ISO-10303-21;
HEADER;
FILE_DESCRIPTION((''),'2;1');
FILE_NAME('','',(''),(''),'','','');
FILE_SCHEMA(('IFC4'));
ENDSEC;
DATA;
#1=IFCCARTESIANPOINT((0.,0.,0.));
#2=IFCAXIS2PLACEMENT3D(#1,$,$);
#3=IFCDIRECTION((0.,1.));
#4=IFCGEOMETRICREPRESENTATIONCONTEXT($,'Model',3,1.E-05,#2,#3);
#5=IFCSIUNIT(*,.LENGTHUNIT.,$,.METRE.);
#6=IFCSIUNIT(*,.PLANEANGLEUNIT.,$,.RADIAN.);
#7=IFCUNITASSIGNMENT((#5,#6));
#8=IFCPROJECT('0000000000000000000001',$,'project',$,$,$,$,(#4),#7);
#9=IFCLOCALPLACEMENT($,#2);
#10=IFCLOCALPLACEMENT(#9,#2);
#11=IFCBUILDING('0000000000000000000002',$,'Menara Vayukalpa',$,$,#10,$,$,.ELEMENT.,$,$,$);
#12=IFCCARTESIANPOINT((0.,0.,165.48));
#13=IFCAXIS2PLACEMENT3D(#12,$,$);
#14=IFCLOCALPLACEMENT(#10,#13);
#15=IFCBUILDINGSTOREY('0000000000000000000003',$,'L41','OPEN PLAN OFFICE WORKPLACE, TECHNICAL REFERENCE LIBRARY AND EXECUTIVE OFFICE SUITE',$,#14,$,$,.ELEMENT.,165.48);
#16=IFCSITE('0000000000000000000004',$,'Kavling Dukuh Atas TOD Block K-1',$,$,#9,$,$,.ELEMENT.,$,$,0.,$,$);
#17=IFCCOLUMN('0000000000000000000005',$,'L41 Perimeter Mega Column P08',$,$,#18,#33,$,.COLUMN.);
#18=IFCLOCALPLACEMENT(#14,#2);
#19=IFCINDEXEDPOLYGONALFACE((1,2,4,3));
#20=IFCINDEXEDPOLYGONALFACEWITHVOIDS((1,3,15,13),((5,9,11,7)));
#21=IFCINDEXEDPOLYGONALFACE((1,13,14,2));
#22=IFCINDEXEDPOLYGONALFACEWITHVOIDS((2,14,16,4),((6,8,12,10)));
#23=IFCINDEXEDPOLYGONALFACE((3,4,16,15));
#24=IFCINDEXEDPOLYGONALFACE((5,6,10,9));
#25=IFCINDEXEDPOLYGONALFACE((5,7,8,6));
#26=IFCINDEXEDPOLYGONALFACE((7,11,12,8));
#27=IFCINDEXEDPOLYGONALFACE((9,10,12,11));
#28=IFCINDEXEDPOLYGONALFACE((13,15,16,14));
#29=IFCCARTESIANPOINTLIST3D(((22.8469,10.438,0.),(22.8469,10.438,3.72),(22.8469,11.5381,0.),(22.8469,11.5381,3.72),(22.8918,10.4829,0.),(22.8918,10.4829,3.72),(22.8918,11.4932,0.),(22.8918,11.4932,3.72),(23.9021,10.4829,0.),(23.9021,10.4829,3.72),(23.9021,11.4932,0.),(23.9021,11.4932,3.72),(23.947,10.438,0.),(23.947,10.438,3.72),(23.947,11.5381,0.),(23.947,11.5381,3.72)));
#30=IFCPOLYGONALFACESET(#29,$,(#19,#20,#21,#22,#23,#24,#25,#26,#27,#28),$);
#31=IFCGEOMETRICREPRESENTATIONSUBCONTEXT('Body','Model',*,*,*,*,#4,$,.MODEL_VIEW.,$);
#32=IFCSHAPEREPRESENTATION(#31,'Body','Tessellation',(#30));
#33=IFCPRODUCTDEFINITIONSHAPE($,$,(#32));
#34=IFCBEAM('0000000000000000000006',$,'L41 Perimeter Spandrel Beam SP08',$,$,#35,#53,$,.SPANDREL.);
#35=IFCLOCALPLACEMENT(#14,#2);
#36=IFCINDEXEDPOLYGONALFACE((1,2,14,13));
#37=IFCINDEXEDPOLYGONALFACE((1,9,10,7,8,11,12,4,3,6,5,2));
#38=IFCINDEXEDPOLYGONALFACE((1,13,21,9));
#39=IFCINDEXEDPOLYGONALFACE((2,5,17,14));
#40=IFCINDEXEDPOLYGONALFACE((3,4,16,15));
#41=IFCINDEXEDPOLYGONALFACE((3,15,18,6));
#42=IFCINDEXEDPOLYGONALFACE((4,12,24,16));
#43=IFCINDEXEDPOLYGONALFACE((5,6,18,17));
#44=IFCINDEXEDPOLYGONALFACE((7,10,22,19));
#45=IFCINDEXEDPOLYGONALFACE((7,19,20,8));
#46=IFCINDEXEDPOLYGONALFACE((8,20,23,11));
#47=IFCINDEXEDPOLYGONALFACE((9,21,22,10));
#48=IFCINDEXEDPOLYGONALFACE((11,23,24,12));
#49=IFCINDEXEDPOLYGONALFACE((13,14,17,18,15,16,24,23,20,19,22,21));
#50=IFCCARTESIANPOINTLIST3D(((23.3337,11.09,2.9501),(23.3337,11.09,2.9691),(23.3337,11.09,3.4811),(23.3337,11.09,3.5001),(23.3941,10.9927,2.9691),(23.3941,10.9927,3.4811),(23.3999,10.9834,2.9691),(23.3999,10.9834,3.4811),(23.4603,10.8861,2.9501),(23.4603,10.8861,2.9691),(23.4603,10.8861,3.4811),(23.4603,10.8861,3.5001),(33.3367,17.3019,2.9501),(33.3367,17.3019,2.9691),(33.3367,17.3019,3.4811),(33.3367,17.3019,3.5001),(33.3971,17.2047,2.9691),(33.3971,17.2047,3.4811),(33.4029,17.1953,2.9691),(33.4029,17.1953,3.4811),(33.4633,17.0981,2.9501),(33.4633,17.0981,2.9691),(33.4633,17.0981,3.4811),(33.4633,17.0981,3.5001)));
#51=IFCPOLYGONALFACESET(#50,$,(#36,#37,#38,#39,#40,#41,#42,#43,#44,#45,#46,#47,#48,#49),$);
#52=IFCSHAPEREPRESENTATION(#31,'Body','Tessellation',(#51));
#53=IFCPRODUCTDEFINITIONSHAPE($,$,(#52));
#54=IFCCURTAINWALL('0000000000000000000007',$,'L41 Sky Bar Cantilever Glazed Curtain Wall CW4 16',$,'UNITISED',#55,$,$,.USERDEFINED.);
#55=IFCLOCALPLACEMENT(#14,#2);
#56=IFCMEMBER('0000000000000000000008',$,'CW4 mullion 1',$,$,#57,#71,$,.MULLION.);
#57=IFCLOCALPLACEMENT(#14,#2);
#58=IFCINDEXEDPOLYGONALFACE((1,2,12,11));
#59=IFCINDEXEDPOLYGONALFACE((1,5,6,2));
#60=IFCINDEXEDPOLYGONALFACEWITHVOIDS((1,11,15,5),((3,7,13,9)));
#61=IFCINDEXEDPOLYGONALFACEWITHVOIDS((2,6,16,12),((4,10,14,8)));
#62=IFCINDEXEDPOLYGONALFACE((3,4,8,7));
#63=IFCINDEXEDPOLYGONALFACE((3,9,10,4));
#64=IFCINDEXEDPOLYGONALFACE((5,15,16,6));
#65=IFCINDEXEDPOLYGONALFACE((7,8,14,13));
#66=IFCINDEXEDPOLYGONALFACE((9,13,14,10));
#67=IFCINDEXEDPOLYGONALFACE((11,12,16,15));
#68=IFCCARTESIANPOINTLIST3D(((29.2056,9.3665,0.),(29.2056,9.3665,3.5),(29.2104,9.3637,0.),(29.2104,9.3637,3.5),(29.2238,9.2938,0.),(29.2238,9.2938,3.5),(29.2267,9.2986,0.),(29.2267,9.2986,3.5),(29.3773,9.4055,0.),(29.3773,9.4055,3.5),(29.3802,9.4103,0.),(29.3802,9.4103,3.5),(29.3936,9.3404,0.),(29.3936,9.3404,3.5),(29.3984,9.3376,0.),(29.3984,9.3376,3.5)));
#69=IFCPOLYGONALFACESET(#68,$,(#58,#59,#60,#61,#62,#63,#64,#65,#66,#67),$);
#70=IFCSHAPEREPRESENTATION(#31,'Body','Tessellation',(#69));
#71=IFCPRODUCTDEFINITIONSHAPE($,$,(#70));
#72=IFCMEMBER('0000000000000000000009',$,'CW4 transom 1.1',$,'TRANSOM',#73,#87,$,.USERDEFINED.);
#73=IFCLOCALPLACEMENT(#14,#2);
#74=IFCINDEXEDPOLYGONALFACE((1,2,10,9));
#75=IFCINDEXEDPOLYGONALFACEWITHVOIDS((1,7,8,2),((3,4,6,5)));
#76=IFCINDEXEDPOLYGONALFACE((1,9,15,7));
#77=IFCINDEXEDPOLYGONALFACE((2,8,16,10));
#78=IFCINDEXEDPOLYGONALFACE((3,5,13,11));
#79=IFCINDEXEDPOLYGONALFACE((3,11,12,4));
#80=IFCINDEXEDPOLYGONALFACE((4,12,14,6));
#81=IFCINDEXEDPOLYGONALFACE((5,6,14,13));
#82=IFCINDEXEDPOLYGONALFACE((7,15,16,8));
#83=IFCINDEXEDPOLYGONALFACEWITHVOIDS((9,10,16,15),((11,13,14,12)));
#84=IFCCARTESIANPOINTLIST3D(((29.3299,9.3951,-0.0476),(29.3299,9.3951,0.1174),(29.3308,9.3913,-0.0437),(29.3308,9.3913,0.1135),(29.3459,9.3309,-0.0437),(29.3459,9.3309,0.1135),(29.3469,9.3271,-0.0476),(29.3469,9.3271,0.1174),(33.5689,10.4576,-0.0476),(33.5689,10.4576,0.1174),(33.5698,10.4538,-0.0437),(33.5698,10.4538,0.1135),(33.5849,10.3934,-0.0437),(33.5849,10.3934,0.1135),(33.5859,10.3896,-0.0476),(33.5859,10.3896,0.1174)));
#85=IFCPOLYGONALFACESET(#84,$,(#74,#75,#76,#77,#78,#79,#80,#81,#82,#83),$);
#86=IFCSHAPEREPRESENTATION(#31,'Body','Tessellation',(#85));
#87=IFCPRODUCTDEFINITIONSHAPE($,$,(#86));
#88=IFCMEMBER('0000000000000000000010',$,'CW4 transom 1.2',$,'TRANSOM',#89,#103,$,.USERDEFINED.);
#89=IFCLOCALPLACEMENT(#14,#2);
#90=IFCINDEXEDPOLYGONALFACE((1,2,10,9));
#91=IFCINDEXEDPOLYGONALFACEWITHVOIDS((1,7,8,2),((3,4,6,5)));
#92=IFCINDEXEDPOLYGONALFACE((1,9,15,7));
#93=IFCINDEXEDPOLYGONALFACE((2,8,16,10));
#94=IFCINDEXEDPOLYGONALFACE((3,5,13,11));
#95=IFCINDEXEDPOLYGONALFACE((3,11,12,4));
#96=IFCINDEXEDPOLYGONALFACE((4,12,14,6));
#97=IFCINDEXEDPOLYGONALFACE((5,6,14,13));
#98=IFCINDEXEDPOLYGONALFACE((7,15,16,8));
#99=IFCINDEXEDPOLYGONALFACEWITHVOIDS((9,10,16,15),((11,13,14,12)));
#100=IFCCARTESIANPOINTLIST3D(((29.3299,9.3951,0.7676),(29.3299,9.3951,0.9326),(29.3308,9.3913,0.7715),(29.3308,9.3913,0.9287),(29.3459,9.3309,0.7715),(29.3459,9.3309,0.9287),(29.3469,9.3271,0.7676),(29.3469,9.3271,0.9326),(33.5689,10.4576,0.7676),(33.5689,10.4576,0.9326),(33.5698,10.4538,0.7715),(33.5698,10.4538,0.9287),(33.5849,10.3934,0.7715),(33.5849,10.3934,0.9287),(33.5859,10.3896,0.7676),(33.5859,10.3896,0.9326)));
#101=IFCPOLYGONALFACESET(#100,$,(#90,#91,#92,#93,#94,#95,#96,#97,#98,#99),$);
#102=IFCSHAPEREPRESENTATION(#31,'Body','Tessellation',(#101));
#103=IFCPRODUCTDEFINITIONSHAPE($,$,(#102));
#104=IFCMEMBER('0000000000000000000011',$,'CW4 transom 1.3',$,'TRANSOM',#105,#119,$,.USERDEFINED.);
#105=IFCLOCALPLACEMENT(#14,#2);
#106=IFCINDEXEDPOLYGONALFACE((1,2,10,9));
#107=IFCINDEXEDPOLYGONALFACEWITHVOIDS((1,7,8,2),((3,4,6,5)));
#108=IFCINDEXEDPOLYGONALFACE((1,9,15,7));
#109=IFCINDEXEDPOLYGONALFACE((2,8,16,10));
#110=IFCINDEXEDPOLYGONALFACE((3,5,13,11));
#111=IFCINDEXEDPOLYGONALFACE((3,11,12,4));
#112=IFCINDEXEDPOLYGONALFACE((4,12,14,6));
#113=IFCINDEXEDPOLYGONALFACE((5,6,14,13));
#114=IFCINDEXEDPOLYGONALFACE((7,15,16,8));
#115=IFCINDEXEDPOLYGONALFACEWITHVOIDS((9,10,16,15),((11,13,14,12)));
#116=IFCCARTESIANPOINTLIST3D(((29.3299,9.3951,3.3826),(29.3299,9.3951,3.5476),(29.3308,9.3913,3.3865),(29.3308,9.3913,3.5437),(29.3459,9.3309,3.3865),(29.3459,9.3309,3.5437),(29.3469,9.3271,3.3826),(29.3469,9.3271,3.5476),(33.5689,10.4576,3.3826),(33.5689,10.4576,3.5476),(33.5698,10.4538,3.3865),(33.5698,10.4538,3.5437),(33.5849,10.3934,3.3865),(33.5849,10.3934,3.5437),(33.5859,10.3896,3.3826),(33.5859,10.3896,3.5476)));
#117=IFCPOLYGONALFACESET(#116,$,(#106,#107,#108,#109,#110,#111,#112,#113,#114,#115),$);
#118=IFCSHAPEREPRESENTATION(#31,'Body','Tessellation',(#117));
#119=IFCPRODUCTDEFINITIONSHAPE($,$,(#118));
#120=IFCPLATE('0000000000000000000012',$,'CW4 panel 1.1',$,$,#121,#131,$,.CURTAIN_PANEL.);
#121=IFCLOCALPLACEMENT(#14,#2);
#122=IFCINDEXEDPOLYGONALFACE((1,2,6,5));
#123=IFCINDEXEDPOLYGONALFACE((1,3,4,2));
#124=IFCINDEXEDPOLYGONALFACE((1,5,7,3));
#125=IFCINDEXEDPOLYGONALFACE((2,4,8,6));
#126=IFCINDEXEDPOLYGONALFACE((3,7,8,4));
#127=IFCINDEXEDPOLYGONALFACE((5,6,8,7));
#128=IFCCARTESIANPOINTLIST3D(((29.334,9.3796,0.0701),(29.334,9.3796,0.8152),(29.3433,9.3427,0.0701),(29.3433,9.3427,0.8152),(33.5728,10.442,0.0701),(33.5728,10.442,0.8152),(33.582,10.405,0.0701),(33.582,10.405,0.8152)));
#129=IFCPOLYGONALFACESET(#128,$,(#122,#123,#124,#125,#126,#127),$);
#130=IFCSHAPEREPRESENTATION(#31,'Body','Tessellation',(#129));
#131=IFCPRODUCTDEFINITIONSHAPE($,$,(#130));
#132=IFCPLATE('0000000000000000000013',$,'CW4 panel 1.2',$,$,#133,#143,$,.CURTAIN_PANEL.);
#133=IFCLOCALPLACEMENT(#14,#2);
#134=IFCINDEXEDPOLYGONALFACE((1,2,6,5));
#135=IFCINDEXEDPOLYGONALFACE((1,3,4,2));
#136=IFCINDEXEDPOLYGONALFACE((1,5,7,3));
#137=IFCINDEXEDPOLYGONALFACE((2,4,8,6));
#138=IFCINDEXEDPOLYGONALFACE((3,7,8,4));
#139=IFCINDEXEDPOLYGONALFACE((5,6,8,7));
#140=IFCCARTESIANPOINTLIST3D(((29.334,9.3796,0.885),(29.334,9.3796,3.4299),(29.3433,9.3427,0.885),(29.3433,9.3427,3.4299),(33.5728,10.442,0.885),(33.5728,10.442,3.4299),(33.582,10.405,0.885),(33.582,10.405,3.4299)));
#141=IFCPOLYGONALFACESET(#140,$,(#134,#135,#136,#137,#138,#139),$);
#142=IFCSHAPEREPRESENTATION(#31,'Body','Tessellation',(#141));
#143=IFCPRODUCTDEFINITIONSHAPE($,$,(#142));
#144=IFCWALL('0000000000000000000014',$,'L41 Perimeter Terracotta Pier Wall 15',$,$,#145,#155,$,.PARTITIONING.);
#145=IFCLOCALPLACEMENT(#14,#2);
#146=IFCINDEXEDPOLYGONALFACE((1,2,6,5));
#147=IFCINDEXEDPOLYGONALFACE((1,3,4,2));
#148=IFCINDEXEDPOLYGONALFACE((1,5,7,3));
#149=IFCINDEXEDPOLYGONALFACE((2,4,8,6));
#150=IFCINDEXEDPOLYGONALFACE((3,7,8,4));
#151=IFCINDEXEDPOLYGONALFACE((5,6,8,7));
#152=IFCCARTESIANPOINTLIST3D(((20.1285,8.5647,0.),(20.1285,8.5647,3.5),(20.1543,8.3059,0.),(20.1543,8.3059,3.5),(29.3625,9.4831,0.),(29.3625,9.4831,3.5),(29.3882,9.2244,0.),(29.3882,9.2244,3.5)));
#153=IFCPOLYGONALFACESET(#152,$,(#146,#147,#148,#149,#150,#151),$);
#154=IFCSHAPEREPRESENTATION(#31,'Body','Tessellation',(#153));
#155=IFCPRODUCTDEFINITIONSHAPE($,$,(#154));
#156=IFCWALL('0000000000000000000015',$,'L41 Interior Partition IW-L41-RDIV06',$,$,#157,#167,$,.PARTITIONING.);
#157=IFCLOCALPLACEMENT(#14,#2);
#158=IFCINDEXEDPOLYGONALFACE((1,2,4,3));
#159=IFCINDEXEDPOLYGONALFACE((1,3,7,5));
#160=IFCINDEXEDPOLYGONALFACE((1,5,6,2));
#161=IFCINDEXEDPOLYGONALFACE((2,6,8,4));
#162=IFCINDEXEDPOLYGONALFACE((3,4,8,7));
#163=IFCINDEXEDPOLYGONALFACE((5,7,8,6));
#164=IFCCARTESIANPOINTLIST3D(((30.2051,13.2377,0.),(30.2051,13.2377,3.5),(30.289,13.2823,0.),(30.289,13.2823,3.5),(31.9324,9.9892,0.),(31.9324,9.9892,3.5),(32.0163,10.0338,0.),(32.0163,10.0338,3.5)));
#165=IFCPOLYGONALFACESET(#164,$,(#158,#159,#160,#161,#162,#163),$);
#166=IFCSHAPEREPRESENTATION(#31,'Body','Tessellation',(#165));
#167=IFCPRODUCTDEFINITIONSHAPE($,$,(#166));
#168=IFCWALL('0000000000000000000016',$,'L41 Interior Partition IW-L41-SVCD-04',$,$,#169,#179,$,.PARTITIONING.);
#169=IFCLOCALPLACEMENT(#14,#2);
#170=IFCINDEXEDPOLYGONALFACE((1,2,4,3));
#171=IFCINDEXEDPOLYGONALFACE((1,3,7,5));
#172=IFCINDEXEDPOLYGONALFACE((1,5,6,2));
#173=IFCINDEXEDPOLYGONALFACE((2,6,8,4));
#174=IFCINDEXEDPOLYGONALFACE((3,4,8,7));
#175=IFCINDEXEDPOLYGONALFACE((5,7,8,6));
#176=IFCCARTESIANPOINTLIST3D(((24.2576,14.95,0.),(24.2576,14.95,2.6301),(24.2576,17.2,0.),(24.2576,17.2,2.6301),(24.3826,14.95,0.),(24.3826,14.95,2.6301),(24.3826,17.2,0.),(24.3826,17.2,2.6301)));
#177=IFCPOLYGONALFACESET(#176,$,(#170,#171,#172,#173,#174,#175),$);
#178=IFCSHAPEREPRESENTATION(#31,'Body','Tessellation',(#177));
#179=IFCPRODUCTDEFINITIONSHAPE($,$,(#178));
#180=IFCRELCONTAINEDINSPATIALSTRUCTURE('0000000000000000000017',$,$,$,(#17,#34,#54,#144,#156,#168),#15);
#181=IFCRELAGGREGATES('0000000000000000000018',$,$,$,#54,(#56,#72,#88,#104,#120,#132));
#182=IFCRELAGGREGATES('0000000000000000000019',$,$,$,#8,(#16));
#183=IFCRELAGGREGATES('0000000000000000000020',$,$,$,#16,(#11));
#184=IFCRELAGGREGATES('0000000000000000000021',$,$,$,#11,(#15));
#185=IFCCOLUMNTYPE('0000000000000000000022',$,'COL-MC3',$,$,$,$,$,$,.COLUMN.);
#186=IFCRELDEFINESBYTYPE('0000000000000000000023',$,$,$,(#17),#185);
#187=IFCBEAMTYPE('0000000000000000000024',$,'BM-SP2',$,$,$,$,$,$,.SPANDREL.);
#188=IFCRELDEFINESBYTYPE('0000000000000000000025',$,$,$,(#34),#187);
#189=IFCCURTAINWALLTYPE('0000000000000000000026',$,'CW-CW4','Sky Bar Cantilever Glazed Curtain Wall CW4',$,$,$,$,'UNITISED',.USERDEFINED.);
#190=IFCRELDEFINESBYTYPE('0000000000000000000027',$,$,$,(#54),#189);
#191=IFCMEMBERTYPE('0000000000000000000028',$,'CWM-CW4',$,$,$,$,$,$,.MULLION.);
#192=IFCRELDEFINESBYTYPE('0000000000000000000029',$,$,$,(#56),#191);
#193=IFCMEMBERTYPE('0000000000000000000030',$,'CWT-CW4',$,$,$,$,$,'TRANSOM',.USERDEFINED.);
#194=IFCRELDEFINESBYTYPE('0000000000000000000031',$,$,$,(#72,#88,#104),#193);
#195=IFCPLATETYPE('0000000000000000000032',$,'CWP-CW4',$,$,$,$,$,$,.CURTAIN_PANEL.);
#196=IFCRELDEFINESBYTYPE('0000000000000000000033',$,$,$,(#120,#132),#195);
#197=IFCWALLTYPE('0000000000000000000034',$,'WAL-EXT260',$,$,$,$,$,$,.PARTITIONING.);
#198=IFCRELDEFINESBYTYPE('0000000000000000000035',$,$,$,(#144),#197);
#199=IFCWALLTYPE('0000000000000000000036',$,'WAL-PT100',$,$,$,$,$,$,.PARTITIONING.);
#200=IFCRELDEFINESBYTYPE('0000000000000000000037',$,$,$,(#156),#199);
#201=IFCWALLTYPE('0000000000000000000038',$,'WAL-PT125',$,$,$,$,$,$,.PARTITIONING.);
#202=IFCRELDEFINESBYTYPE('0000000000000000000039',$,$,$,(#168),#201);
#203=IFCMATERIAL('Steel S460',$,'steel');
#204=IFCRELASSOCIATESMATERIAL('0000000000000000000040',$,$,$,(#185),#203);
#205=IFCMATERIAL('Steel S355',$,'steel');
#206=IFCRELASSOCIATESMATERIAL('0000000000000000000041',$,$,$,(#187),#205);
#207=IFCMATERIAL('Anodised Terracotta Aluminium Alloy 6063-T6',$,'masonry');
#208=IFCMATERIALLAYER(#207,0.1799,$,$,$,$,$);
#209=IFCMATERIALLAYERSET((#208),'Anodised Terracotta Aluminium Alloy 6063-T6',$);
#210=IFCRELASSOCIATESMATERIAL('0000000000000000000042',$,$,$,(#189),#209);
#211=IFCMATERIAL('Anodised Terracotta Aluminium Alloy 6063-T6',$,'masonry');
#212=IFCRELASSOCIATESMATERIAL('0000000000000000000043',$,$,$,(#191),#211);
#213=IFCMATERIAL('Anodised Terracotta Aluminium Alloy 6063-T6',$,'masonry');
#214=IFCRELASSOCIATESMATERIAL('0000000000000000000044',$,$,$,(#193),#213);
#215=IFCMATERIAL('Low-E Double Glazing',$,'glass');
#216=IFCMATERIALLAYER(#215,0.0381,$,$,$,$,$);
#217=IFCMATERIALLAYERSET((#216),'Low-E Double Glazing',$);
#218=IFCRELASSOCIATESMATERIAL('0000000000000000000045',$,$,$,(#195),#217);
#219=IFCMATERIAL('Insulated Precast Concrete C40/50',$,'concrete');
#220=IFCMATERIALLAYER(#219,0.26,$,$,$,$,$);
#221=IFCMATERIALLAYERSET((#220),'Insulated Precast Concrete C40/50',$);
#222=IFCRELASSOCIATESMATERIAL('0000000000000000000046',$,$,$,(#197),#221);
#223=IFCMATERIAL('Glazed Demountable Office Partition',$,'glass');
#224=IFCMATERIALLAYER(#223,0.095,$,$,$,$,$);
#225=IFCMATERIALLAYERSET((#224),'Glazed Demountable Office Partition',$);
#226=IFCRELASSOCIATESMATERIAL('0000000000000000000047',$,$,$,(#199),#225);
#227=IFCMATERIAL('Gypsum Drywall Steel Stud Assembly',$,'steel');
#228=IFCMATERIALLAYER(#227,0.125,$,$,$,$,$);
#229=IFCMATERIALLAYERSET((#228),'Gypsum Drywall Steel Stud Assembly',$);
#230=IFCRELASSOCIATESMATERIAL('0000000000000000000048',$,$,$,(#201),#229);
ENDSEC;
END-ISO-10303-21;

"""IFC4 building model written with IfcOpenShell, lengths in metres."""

from ifc_helpers import new_model, si_unit, direction, frame, frame_2d, origin, origin_2d, place, context, subcontext, project, spatial, rectangle, hollow_rectangle, i_section, extrude, material, layer, layer_set, material_profile, profile_set, type_object, element, aggregate, save


model = new_model("IFC4")

# Units and contexts
model_context = context("Model", 3, precision=1e-05, world=origin(), true_north=direction((0.0, 1.0)))
body_context = subcontext(model_context, "Body", "Model", "MODEL_VIEW")
ifc_project = project(units=[si_unit("LENGTHUNIT", "METRE"), si_unit("PLANEANGLEUNIT", "RADIAN")], contexts=[model_context])

# Site, building, storey
site_placement = place(None, origin())
site = spatial("IfcSite", under=ifc_project, at=site_placement, Name="Kavling Dukuh Atas TOD Block K-1", CompositionType="ELEMENT", RefElevation=0.0)
building_placement = place(site_placement, origin())
building = spatial("IfcBuilding", under=site, at=building_placement, Name="Menara Vayukalpa", CompositionType="ELEMENT")
storey_placement = place(building_placement, frame((0.0, 0.0, 165.48)))
storey = spatial("IfcBuildingStorey", under=building, at=storey_placement, Name="L41", Description="OPEN PLAN OFFICE WORKPLACE, TECHNICAL REFERENCE LIBRARY AND EXECUTIVE OFFICE SUITE", CompositionType="ELEMENT", Elevation=165.48)

# Column
ifc_material_1 = material(Name="Steel S460", Category="steel")
ifc_material_profile_1 = material_profile(ifc_material_1, hollow_rectangle(XDim=1.1001, YDim=1.1001, WallThickness=0.0449, at=origin_2d()), Name="BOX 1100x1100x45")
ifc_profile_set_1 = profile_set([ifc_material_profile_1], Name="Steel S460")
column_type = type_object("IfcColumnType", Name="COL-MC3", PredefinedType="COLUMN", material=ifc_profile_set_1)
column_placement = place(storey_placement, frame((23.397, 10.988, 0.0), z_axis=(0.0, 0.0, 1.0), x_axis=(1.0, 0.0, 0.0)))
element("IfcColumn", 1, at=column_placement, inside=storey, type_object=column_type, Name="L41 Perimeter Mega Column P08", PredefinedType="COLUMN", context=body_context, shape_type="SweptSolid", body=[
    extrude(hollow_rectangle(XDim=1.1001, YDim=1.1001, WallThickness=0.0449, at=origin_2d()), origin(), (0.0, 0.0, 1.0), 3.72),
])

# Beam
ifc_material_2 = material(Name="Steel S355", Category="steel")
ifc_material_profile_2 = material_profile(ifc_material_2, i_section(OverallWidth=0.24, OverallDepth=0.55, WebThickness=0.011, FlangeThickness=0.019, at=origin_2d()), Name="WF 550x240x11x19")
ifc_profile_set_2 = profile_set([ifc_material_profile_2], Name="Steel S355")
beam_type = type_object("IfcBeamType", Name="BM-SP2", PredefinedType="SPANDREL", material=ifc_profile_set_2)
beam_placement = place(storey_placement, frame((23.397, 10.988, 3.2251), z_axis=(0.849518, 0.527559, 0.0), x_axis=(-0.527559, 0.849518, 0.0)))
element("IfcBeam", 2, at=beam_placement, inside=storey, type_object=beam_type, Name="L41 Perimeter Spandrel Beam SP08", PredefinedType="SPANDREL", context=body_context, shape_type="SweptSolid", body=[
    extrude(i_section(OverallWidth=0.24, OverallDepth=0.55, WebThickness=0.011, FlangeThickness=0.019, at=origin_2d()), origin(), (0.0, 0.0, 1.0), 11.7749),
])

# Curtain wall, members, plates
ifc_material_3 = material(Name="Anodised Terracotta Aluminium Alloy 6063-T6", Category="masonry")
ifc_layer_1 = layer(ifc_material_3, 0.1799)
ifc_layer_set_1 = layer_set([ifc_layer_1], Name="Anodised Terracotta Aluminium Alloy 6063-T6")
curtain_wall_type = type_object("IfcCurtainWallType", Name="CW-CW4", Description="Sky Bar Cantilever Glazed Curtain Wall CW4", ElementType="UNITISED", PredefinedType="USERDEFINED", material=ifc_layer_set_1)
curtain_wall_placement = place(storey_placement, origin())
curtain_wall = element("IfcCurtainWall", 3, at=curtain_wall_placement, inside=storey, type_object=curtain_wall_type, Name="L41 Sky Bar Cantilever Glazed Curtain Wall CW4 16", ObjectType="UNITISED", PredefinedType="USERDEFINED")
ifc_material_4 = material(Name="Anodised Terracotta Aluminium Alloy 6063-T6", Category="masonry")
ifc_material_profile_3 = material_profile(ifc_material_4, hollow_rectangle(XDim=0.075, YDim=0.1799, WallThickness=0.0039, at=origin_2d()), Name="ALU 75x180x4")
ifc_profile_set_3 = profile_set([ifc_material_profile_3], Name="Anodised Terracotta Aluminium Alloy 6063-T6")
member_type_1 = type_object("IfcMemberType", Name="CWM-CW4", PredefinedType="MULLION", material=ifc_profile_set_3)
member_1_placement = place(storey_placement, frame((29.302, 9.3521, 0.0), z_axis=(0.0, 0.0, 1.0), x_axis=(-0.243113, 0.969998, 0.0)))
member_1 = element("IfcMember", 4, at=member_1_placement, type_object=member_type_1, Name="CW4 mullion 1", PredefinedType="MULLION", context=body_context, shape_type="SweptSolid", body=[
    extrude(hollow_rectangle(XDim=0.075, YDim=0.1799, WallThickness=0.0039, at=origin_2d()), origin(), (0.0, 0.0, 1.0), 3.5),
])
ifc_material_5 = material(Name="Anodised Terracotta Aluminium Alloy 6063-T6", Category="masonry")
ifc_material_profile_4 = material_profile(ifc_material_5, hollow_rectangle(XDim=0.0701, YDim=0.165, WallThickness=0.0039, at=origin_2d()), Name="ALU 70x165x4")
ifc_profile_set_4 = profile_set([ifc_material_profile_4], Name="Anodised Terracotta Aluminium Alloy 6063-T6")
member_type_2 = type_object("IfcMemberType", Name="CWT-CW4", ElementType="TRANSOM", PredefinedType="USERDEFINED", material=ifc_profile_set_4)
member_2_placement = place(storey_placement, frame((29.3384, 9.3611, 0.0349), z_axis=(0.969994, 0.243127, 0.0), x_axis=(-0.243127, 0.969994, 0.0)))
member_2 = element("IfcMember", 5, at=member_2_placement, type_object=member_type_2, Name="CW4 transom 1.1", ObjectType="TRANSOM", PredefinedType="USERDEFINED", context=body_context, shape_type="SweptSolid", body=[
    extrude(hollow_rectangle(XDim=0.0701, YDim=0.165, WallThickness=0.0039, at=origin_2d()), origin(), (0.0, 0.0, 1.0), 4.3701),
])
member_3_placement = place(storey_placement, frame((29.3384, 9.3611, 0.8501), z_axis=(0.969994, 0.243127, 0.0), x_axis=(-0.243127, 0.969994, 0.0)))
member_3 = element("IfcMember", 6, at=member_3_placement, type_object=member_type_2, Name="CW4 transom 1.2", ObjectType="TRANSOM", PredefinedType="USERDEFINED", context=body_context, shape_type="SweptSolid", body=[
    extrude(hollow_rectangle(XDim=0.0701, YDim=0.165, WallThickness=0.0039, at=origin_2d()), origin(), (0.0, 0.0, 1.0), 4.3701),
])
member_4_placement = place(storey_placement, frame((29.3384, 9.3611, 3.4651), z_axis=(0.969994, 0.243127, 0.0), x_axis=(-0.243127, 0.969994, 0.0)))
member_4 = element("IfcMember", 7, at=member_4_placement, type_object=member_type_2, Name="CW4 transom 1.3", ObjectType="TRANSOM", PredefinedType="USERDEFINED", context=body_context, shape_type="SweptSolid", body=[
    extrude(hollow_rectangle(XDim=0.0701, YDim=0.165, WallThickness=0.0039, at=origin_2d()), origin(), (0.0, 0.0, 1.0), 4.3701),
])
ifc_material_6 = material(Name="Low-E Double Glazing", Category="glass")
ifc_layer_2 = layer(ifc_material_6, 0.0381)
ifc_layer_set_2 = layer_set([ifc_layer_2], Name="Low-E Double Glazing")
plate_type = type_object("IfcPlateType", Name="CWP-CW4", PredefinedType="CURTAIN_PANEL", material=ifc_layer_set_2)
plate_1_placement = place(storey_placement, frame((31.458, 9.8923, 0.0701), z_axis=(0.0, 0.0, 1.0), x_axis=(0.969998, 0.243113, 0.0)))
plate_1 = element("IfcPlate", 8, at=plate_1_placement, type_object=plate_type, Name="CW4 panel 1.1", PredefinedType="CURTAIN_PANEL", context=body_context, shape_type="SweptSolid", body=[
    extrude(rectangle(XDim=4.3699, YDim=0.0381, at=origin_2d()), origin(), (0.0, 0.0, 1.0), 0.7451),
])
plate_2_placement = place(storey_placement, frame((31.458, 9.8923, 0.885), z_axis=(0.0, 0.0, 1.0), x_axis=(0.969998, 0.243113, 0.0)))
plate_2 = element("IfcPlate", 9, at=plate_2_placement, type_object=plate_type, Name="CW4 panel 1.2", PredefinedType="CURTAIN_PANEL", context=body_context, shape_type="SweptSolid", body=[
    extrude(rectangle(XDim=4.3699, YDim=0.0381, at=origin_2d()), origin(), (0.0, 0.0, 1.0), 2.5449),
])
aggregate(curtain_wall, [member_1, member_2, member_3, member_4, plate_1, plate_2])

# Walls
ifc_material_7 = material(Name="Insulated Precast Concrete C40/50", Category="concrete")
ifc_layer_3 = layer(ifc_material_7, 0.26)
ifc_layer_set_3 = layer_set([ifc_layer_3], Name="Insulated Precast Concrete C40/50")
wall_type_1 = type_object("IfcWallType", Name="WAL-EXT260", PredefinedType="PARTITIONING", material=ifc_layer_set_3)
wall_1_placement = place(storey_placement, frame((29.3752, 9.3538, 0.0), z_axis=(0.0, 0.0, 1.0), x_axis=(-0.99509, -0.098978, 0.0)))
element("IfcWall", 10, at=wall_1_placement, inside=storey, type_object=wall_type_1, Name="L41 Perimeter Terracotta Pier Wall 15", PredefinedType="PARTITIONING", context=body_context, shape_type="SweptSolid", body=[
    extrude(rectangle(XDim=9.2795, YDim=0.26, at=frame_2d((4.6396, 0.0))), origin(), (0.0, 0.0, 1.0), 3.5),
])
ifc_material_8 = material(Name="Glazed Demountable Office Partition", Category="glass")
ifc_layer_4 = layer(ifc_material_8, 0.095)
ifc_layer_set_4 = layer_set([ifc_layer_4], Name="Glazed Demountable Office Partition")
wall_type_2 = type_object("IfcWallType", Name="WAL-PT100", PredefinedType="PARTITIONING", material=ifc_layer_set_4)
wall_2_placement = place(storey_placement, frame((30.2471, 13.26, 0.0), z_axis=(0.0, 0.0, 1.0), x_axis=(0.469475, -0.882946, 0.0)))
element("IfcWall", 11, at=wall_2_placement, inside=storey, type_object=wall_type_2, Name="L41 Interior Partition IW-L41-RDIV06", PredefinedType="PARTITIONING", context=body_context, shape_type="SweptSolid", body=[
    extrude(rectangle(XDim=3.6792, YDim=0.095, at=frame_2d((1.8396, 0.0))), origin(), (0.0, 0.0, 1.0), 3.5),
])
ifc_material_9 = material(Name="Gypsum Drywall Steel Stud Assembly", Category="steel")
ifc_layer_5 = layer(ifc_material_9, 0.125)
ifc_layer_set_5 = layer_set([ifc_layer_5], Name="Gypsum Drywall Steel Stud Assembly")
wall_type_3 = type_object("IfcWallType", Name="WAL-PT125", PredefinedType="PARTITIONING", material=ifc_layer_set_5)
wall_3_placement = place(storey_placement, frame((24.3201, 14.95, 0.0), z_axis=(0.0, 0.0, 1.0), x_axis=(0.0, 1.0, 0.0)))
element("IfcWall", 12, at=wall_3_placement, inside=storey, type_object=wall_type_3, Name="L41 Interior Partition IW-L41-SVCD-04", PredefinedType="PARTITIONING", context=body_context, shape_type="SweptSolid", body=[
    extrude(rectangle(XDim=2.25, YDim=0.125, at=frame_2d((1.125, 0.0))), origin(), (0.0, 0.0, 1.0), 2.6301),
])

save(model, "model.ifc")
